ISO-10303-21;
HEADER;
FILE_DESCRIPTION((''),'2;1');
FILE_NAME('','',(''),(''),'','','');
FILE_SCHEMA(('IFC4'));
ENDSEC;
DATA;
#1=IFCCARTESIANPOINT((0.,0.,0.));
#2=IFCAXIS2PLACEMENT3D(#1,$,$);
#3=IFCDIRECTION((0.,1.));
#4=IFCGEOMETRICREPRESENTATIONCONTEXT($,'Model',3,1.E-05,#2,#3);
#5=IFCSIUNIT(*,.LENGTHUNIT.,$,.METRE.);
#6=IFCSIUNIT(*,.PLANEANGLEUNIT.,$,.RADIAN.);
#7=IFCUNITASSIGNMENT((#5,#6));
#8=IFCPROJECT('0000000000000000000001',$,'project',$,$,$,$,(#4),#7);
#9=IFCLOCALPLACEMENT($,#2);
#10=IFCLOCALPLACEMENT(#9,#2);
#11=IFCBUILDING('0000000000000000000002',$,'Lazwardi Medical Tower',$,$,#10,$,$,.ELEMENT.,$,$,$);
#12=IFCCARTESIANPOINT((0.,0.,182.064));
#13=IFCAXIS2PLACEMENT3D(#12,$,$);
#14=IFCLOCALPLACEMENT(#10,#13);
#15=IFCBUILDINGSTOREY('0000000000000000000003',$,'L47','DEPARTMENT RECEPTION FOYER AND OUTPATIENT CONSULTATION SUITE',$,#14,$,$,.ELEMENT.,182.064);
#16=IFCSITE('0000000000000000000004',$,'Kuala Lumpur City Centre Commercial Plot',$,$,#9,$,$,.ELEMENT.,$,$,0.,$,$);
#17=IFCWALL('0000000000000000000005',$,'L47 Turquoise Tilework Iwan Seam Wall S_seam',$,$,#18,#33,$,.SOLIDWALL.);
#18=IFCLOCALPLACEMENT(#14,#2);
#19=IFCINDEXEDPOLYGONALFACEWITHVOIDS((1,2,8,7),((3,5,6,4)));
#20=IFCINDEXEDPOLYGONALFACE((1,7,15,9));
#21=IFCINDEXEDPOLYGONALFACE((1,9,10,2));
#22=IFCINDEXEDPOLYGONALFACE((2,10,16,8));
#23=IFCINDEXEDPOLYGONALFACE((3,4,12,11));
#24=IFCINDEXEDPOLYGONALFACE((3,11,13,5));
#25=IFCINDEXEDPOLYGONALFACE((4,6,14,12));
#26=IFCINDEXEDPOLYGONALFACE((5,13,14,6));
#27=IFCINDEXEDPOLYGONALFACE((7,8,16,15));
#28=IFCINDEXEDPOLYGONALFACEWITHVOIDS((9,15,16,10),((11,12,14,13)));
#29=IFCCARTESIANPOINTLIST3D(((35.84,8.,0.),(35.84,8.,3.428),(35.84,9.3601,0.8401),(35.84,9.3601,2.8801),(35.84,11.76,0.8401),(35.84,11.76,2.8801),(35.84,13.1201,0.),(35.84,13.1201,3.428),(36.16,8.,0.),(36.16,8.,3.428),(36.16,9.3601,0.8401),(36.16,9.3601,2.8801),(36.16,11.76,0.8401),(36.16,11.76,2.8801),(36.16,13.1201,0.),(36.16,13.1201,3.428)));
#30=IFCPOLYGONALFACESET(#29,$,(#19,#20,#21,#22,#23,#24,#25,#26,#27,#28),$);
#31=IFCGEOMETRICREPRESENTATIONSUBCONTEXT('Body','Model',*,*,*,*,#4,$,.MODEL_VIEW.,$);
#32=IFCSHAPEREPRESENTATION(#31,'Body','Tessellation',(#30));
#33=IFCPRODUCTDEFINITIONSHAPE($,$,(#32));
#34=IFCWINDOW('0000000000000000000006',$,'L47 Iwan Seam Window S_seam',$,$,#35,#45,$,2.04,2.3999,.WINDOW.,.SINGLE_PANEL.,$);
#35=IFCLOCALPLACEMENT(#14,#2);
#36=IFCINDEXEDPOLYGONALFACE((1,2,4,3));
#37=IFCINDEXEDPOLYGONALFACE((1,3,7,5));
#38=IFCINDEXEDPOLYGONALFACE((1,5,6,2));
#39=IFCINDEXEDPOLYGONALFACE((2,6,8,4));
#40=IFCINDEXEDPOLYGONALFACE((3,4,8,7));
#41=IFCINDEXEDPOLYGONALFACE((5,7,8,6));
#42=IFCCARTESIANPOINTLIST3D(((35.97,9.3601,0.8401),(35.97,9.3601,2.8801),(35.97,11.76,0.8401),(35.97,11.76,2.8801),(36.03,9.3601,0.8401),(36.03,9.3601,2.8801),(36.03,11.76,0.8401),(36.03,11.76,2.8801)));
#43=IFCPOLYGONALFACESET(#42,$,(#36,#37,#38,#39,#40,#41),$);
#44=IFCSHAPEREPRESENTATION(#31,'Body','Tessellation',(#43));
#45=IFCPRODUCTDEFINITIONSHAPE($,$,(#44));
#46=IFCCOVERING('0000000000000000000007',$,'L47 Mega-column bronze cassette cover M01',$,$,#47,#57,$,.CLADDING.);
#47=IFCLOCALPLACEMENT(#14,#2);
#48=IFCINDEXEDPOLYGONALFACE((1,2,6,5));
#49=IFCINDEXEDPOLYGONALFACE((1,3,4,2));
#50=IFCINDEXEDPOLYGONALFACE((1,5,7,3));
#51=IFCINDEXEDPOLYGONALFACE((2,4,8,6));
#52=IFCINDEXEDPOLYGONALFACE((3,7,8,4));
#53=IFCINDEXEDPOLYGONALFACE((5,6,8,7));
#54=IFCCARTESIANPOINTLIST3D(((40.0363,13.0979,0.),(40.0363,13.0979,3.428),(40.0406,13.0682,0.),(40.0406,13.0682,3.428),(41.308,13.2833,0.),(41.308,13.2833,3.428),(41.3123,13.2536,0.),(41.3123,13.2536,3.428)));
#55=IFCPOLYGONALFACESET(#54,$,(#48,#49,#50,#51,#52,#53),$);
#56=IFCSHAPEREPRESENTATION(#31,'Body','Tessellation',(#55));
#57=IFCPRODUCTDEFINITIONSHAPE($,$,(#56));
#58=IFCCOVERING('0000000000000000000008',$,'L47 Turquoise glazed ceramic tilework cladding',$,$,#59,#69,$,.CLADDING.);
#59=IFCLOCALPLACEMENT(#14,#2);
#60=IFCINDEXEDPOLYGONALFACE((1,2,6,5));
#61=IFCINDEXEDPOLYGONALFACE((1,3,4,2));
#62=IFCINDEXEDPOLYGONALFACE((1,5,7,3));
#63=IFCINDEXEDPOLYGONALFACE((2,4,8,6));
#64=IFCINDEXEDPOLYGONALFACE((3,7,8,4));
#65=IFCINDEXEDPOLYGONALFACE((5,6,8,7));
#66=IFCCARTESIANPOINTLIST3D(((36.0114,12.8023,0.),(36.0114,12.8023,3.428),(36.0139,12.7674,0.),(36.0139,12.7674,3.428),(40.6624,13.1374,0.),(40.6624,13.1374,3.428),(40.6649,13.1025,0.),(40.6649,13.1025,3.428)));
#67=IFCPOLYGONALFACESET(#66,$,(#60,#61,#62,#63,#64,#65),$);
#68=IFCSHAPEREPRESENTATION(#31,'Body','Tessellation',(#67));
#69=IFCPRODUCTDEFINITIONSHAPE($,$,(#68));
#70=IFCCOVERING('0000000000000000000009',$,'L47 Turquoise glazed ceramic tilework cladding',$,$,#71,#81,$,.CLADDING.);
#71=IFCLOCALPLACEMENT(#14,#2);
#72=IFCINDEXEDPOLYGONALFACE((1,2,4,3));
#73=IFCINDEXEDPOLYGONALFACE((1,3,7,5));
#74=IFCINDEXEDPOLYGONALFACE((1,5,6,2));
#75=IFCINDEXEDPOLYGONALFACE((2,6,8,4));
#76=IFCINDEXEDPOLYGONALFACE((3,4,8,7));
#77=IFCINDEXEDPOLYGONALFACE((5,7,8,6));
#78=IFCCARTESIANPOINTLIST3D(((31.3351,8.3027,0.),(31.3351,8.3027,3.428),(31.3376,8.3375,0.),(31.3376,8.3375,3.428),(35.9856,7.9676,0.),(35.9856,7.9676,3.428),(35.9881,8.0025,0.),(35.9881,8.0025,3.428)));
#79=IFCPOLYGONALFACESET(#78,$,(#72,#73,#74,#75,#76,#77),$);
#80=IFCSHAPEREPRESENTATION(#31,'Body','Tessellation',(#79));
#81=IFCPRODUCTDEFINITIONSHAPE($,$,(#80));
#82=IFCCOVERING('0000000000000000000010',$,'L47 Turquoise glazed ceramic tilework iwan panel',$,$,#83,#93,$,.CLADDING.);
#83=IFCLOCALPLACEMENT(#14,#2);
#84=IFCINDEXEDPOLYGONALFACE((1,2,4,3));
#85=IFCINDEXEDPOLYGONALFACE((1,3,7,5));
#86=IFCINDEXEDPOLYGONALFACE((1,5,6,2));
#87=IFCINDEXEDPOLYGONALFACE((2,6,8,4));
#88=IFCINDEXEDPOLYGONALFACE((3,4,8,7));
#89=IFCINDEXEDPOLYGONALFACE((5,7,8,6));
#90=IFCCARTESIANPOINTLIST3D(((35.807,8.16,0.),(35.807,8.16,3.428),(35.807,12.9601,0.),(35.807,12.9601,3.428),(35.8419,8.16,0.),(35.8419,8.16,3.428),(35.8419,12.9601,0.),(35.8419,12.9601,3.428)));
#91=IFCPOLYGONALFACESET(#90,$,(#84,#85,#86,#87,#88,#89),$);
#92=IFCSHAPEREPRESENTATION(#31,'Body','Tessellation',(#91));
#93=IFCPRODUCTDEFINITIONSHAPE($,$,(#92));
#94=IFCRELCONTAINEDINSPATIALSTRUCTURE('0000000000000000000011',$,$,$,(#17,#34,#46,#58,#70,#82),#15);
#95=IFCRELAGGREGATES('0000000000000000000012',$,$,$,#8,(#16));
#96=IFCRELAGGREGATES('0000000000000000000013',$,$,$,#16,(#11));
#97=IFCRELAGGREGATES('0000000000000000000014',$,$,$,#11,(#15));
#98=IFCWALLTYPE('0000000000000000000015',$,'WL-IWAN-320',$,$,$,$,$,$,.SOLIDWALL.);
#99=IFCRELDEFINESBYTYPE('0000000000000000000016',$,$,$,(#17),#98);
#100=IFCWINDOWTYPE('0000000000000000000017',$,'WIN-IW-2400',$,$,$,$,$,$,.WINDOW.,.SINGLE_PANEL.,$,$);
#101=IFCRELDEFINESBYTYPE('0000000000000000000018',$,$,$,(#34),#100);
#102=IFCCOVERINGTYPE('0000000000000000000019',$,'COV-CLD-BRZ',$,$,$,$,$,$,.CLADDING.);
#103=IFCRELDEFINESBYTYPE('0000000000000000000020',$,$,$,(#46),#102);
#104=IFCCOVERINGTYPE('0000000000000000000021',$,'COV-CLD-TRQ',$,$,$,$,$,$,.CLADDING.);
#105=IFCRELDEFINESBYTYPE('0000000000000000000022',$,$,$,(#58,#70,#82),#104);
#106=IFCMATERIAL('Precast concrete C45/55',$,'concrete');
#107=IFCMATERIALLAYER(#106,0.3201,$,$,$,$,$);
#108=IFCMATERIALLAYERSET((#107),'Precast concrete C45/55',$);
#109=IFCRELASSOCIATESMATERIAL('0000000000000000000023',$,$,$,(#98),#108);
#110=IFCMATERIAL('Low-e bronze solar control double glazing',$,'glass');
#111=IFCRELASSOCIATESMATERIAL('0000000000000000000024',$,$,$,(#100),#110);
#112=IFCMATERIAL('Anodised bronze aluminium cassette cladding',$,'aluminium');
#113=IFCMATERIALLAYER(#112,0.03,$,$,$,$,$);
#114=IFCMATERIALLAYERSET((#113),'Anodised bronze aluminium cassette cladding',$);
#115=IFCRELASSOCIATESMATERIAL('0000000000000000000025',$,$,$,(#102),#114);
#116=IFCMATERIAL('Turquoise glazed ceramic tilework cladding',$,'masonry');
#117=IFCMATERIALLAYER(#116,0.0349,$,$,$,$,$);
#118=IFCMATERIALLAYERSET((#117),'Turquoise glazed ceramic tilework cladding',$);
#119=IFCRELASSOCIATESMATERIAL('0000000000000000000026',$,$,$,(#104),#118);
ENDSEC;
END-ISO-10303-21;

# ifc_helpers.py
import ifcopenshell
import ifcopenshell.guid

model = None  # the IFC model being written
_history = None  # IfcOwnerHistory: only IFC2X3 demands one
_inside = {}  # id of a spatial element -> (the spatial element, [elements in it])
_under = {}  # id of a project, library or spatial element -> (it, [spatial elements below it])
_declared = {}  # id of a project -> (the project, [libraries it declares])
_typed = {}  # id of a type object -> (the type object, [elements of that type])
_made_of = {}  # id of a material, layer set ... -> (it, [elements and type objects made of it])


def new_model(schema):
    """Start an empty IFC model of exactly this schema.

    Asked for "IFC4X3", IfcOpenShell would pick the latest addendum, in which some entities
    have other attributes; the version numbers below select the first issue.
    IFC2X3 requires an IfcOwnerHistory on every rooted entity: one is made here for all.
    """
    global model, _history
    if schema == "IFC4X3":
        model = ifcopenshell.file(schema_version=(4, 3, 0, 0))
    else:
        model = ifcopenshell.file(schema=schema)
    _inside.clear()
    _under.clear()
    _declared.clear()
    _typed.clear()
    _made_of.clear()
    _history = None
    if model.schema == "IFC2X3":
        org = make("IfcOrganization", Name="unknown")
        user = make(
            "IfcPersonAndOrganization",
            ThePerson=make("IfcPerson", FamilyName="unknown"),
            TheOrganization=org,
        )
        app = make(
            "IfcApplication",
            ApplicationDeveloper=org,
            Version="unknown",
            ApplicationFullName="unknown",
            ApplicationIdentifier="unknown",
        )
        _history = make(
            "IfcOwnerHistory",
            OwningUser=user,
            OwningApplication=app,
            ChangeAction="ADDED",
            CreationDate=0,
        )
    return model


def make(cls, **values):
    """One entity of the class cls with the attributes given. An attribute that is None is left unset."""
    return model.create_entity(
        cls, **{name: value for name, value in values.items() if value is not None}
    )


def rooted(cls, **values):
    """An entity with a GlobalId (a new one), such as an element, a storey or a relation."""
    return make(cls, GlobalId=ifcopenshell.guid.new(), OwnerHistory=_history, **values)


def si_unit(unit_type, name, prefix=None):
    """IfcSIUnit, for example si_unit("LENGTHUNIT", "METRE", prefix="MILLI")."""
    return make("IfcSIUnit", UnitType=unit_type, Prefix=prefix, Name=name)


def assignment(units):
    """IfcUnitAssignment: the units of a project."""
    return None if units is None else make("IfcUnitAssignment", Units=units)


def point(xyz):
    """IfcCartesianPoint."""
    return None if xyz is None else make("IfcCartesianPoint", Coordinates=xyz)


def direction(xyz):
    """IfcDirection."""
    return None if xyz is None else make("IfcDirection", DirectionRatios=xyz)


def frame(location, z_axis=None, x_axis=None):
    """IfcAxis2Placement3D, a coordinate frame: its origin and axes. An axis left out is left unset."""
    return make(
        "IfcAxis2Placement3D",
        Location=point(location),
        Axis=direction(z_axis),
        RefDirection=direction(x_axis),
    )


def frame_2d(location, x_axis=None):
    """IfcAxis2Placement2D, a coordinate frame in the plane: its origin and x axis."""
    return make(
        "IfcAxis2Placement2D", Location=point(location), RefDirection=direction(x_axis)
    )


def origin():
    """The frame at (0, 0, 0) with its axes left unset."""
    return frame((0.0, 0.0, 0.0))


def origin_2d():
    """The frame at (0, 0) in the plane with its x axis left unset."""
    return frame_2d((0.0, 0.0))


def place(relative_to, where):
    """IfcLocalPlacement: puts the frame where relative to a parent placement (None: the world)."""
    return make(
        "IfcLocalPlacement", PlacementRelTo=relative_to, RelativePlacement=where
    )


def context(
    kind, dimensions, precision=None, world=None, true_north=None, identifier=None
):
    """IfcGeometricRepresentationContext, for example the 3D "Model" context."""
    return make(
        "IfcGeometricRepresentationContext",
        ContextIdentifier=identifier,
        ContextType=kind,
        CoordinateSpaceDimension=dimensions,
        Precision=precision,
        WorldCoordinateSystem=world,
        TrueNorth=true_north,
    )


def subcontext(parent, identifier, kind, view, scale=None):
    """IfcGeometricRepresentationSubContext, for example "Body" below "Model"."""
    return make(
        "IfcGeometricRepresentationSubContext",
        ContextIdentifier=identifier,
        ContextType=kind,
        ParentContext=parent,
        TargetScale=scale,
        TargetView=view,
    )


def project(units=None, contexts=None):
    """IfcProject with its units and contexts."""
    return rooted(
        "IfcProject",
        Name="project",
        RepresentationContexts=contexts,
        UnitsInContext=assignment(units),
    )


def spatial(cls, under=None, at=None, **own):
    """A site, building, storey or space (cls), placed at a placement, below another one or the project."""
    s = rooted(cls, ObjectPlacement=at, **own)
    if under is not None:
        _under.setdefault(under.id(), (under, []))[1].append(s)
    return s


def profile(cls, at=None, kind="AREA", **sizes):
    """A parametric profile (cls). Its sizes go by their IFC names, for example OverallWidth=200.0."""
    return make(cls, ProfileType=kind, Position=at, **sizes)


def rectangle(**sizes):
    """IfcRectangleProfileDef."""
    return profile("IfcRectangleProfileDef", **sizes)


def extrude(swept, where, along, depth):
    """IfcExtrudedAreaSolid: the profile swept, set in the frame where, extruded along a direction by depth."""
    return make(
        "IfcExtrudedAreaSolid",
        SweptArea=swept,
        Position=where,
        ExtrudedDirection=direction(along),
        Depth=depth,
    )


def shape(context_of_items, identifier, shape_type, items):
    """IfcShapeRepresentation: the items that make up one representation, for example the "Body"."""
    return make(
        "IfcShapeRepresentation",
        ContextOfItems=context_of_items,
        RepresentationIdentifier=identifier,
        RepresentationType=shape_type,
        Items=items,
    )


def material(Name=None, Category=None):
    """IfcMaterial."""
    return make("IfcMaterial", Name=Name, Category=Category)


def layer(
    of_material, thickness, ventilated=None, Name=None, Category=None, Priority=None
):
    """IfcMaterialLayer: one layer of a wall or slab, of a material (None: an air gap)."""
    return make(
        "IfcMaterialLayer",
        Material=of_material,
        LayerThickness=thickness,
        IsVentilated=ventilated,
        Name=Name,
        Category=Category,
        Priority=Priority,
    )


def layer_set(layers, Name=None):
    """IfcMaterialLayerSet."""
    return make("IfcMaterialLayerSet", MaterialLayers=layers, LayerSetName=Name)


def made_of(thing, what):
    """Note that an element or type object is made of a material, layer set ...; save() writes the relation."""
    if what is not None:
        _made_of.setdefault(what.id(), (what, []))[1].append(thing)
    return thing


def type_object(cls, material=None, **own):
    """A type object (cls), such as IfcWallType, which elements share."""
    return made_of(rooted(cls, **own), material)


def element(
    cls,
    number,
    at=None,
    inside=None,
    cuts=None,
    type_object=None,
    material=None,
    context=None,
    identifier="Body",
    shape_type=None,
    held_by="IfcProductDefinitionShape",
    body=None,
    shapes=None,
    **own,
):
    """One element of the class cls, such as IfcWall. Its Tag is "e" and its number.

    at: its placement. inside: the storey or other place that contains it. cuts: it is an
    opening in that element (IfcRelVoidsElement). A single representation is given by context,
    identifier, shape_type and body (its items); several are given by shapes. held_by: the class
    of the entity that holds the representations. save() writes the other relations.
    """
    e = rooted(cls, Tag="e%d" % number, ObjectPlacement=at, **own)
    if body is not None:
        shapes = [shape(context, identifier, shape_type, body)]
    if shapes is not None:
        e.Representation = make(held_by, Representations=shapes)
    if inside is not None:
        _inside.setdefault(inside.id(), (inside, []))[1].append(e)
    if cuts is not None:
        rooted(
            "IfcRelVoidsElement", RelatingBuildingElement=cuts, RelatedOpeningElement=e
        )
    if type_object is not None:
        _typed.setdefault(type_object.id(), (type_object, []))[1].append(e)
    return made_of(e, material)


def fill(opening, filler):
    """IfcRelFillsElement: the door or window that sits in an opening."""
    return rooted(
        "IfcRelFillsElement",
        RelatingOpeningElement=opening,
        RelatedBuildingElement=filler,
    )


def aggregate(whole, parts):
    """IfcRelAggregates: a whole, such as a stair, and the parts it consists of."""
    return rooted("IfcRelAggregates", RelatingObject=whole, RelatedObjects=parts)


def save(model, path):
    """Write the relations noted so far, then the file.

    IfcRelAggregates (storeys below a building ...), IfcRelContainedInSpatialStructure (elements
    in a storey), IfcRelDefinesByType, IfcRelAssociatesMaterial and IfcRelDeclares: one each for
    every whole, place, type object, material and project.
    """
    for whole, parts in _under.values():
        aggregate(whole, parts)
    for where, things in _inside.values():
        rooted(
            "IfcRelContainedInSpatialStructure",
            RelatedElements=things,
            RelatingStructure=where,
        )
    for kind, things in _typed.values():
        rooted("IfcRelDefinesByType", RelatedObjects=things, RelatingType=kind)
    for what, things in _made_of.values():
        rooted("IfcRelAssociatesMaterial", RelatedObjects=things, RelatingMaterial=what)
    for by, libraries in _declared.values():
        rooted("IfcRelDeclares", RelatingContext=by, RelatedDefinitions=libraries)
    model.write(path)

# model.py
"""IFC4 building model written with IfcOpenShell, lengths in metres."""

from ifc_helpers import new_model, si_unit, direction, frame, frame_2d, origin, origin_2d, place, context, subcontext, project, spatial, rectangle, extrude, material, layer, layer_set, type_object, element, fill, save


model = new_model("IFC4")

# Units and contexts
model_context = context("Model", 3, precision=1e-05, world=origin(), true_north=direction((0.0, 1.0)))
body_context = subcontext(model_context, "Body", "Model", "MODEL_VIEW")
ifc_project = project(units=[si_unit("LENGTHUNIT", "METRE"), si_unit("PLANEANGLEUNIT", "RADIAN")], contexts=[model_context])

# Site, building, storey
site_placement = place(None, origin())
site = spatial("IfcSite", under=ifc_project, at=site_placement, Name="Kuala Lumpur City Centre Commercial Plot", CompositionType="ELEMENT", RefElevation=0.0)
building_placement = place(site_placement, origin())
building = spatial("IfcBuilding", under=site, at=building_placement, Name="Lazwardi Medical Tower", CompositionType="ELEMENT")
storey_placement = place(building_placement, frame((0.0, 0.0, 182.064)))
storey = spatial("IfcBuildingStorey", under=building, at=storey_placement, Name="L47", Description="DEPARTMENT RECEPTION FOYER AND OUTPATIENT CONSULTATION SUITE", CompositionType="ELEMENT", Elevation=182.064)

# Shared definitions
ifc_material_1 = material(Name="Low-e bronze solar control double glazing", Category="glass")

# Wall, opening, window
ifc_material_2 = material(Name="Precast concrete C45/55", Category="concrete")
ifc_layer_1 = layer(ifc_material_2, 0.3201)
ifc_layer_set_1 = layer_set([ifc_layer_1], Name="Precast concrete C45/55")
wall_type = type_object("IfcWallType", Name="WL-IWAN-320", PredefinedType="SOLIDWALL", material=ifc_layer_set_1)
wall_1_placement = place(storey_placement, frame((36.0, 8.0, 0.0), z_axis=(0.0, 0.0, 1.0), x_axis=(0.0, 1.0, 0.0)))
wall_1 = element("IfcWall", 1, at=wall_1_placement, inside=storey, type_object=wall_type, Name="L47 Turquoise Tilework Iwan Seam Wall S_seam", PredefinedType="SOLIDWALL", context=body_context, shape_type="SweptSolid", body=[
    extrude(rectangle(XDim=5.1201, YDim=0.3201, at=frame_2d((2.5601, 0.0))), origin(), (0.0, 0.0, 1.0), 3.428),
])
opening_1_placement = place(wall_1_placement, frame((1.3601, 0.0, 0.8401)))
opening_1 = element("IfcOpeningElement", 2, at=opening_1_placement, cuts=wall_1, PredefinedType="OPENING", context=body_context, shape_type="SweptSolid", body=[
    extrude(rectangle(XDim=2.3999, YDim=2.04, at=frame_2d((1.2, 1.02))), frame((0.0, 0.1699, 0.0), z_axis=(0.0, -1.0, 0.0), x_axis=(1.0, 0.0, 0.0)), (0.0, 0.0, 1.0), 0.3401),
])
window_type_1 = type_object("IfcWindowType", Name="WIN-IW-2400", PartitioningType="SINGLE_PANEL", PredefinedType="WINDOW", material=ifc_material_1)
window_1_placement = place(opening_1_placement, origin())
window_1 = element("IfcWindow", 3, at=window_1_placement, inside=storey, type_object=window_type_1, Name="L47 Iwan Seam Window S_seam", OverallHeight=2.04, OverallWidth=2.3999, PartitioningType="SINGLE_PANEL", PredefinedType="WINDOW", context=body_context, shape_type="SweptSolid", body=[
    extrude(rectangle(XDim=2.3999, YDim=2.04, at=frame_2d((1.2, 1.02))), frame((0.0, 0.03, 0.0), z_axis=(0.0, -1.0, 0.0), x_axis=(1.0, 0.0, 0.0)), (0.0, 0.0, 1.0), 0.0601),
])
fill(opening_1, window_1)

# Coverings
ifc_material_3 = material(Name="Anodised bronze aluminium cassette cladding", Category="aluminium")
ifc_layer_2 = layer(ifc_material_3, 0.03)
ifc_layer_set_2 = layer_set([ifc_layer_2], Name="Anodised bronze aluminium cassette cladding")
covering_type_1 = type_object("IfcCoveringType", Name="COV-CLD-BRZ", PredefinedType="CLADDING", material=ifc_layer_set_2)
covering_1_placement = place(storey_placement, frame((40.6743, 13.1758, 0.0), z_axis=(0.0, 0.0, 1.0), x_axis=(0.989539, 0.144265, 0.0)))
element("IfcCovering", 4, at=covering_1_placement, inside=storey, type_object=covering_type_1, Name="L47 Mega-column bronze cassette cover M01", PredefinedType="CLADDING", context=body_context, shape_type="SweptSolid", body=[
    extrude(rectangle(XDim=1.2852, YDim=0.03, at=origin_2d()), origin(), (0.0, 0.0, 1.0), 3.428),
])
ifc_material_4 = material(Name="Turquoise glazed ceramic tilework cladding", Category="masonry")
ifc_layer_3 = layer(ifc_material_4, 0.0349)
ifc_layer_set_3 = layer_set([ifc_layer_3], Name="Turquoise glazed ceramic tilework cladding")
covering_type_2 = type_object("IfcCoveringType", Name="COV-CLD-TRQ", PredefinedType="CLADDING", material=ifc_layer_set_3)
covering_2_placement = place(storey_placement, frame((38.3381, 12.9524, 0.0), z_axis=(0.0, 0.0, 1.0), x_axis=(0.997415, 0.071863, 0.0)))
element("IfcCovering", 5, at=covering_2_placement, inside=storey, type_object=covering_type_2, Name="L47 Turquoise glazed ceramic tilework cladding", PredefinedType="CLADDING", context=body_context, shape_type="SweptSolid", body=[
    extrude(rectangle(XDim=4.6631, YDim=0.0349, at=origin_2d()), origin(), (0.0, 0.0, 1.0), 3.428),
])
covering_3_placement = place(storey_placement, frame((33.6616, 8.1526, 0.0), z_axis=(0.0, 0.0, 1.0), x_axis=(0.997414, -0.071868, 0.0)))
element("IfcCovering", 6, at=covering_3_placement, inside=storey, type_object=covering_type_2, Name="L47 Turquoise glazed ceramic tilework cladding", PredefinedType="CLADDING", context=body_context, shape_type="SweptSolid", body=[
    extrude(rectangle(XDim=4.6626, YDim=0.0349, at=origin_2d()), origin(), (0.0, 0.0, 1.0), 3.428),
])
covering_4_placement = place(storey_placement, frame((35.8245, 10.5601, 0.0), z_axis=(0.0, 0.0, 1.0), x_axis=(0.0, 1.0, 0.0)))
element("IfcCovering", 7, at=covering_4_placement, inside=storey, type_object=covering_type_2, Name="L47 Turquoise glazed ceramic tilework iwan panel", PredefinedType="CLADDING", context=body_context, shape_type="SweptSolid", body=[
    extrude(rectangle(XDim=4.8, YDim=0.0349, at=origin_2d()), origin(), (0.0, 0.0, 1.0), 3.428),
])

save(model, "model.ifc")
